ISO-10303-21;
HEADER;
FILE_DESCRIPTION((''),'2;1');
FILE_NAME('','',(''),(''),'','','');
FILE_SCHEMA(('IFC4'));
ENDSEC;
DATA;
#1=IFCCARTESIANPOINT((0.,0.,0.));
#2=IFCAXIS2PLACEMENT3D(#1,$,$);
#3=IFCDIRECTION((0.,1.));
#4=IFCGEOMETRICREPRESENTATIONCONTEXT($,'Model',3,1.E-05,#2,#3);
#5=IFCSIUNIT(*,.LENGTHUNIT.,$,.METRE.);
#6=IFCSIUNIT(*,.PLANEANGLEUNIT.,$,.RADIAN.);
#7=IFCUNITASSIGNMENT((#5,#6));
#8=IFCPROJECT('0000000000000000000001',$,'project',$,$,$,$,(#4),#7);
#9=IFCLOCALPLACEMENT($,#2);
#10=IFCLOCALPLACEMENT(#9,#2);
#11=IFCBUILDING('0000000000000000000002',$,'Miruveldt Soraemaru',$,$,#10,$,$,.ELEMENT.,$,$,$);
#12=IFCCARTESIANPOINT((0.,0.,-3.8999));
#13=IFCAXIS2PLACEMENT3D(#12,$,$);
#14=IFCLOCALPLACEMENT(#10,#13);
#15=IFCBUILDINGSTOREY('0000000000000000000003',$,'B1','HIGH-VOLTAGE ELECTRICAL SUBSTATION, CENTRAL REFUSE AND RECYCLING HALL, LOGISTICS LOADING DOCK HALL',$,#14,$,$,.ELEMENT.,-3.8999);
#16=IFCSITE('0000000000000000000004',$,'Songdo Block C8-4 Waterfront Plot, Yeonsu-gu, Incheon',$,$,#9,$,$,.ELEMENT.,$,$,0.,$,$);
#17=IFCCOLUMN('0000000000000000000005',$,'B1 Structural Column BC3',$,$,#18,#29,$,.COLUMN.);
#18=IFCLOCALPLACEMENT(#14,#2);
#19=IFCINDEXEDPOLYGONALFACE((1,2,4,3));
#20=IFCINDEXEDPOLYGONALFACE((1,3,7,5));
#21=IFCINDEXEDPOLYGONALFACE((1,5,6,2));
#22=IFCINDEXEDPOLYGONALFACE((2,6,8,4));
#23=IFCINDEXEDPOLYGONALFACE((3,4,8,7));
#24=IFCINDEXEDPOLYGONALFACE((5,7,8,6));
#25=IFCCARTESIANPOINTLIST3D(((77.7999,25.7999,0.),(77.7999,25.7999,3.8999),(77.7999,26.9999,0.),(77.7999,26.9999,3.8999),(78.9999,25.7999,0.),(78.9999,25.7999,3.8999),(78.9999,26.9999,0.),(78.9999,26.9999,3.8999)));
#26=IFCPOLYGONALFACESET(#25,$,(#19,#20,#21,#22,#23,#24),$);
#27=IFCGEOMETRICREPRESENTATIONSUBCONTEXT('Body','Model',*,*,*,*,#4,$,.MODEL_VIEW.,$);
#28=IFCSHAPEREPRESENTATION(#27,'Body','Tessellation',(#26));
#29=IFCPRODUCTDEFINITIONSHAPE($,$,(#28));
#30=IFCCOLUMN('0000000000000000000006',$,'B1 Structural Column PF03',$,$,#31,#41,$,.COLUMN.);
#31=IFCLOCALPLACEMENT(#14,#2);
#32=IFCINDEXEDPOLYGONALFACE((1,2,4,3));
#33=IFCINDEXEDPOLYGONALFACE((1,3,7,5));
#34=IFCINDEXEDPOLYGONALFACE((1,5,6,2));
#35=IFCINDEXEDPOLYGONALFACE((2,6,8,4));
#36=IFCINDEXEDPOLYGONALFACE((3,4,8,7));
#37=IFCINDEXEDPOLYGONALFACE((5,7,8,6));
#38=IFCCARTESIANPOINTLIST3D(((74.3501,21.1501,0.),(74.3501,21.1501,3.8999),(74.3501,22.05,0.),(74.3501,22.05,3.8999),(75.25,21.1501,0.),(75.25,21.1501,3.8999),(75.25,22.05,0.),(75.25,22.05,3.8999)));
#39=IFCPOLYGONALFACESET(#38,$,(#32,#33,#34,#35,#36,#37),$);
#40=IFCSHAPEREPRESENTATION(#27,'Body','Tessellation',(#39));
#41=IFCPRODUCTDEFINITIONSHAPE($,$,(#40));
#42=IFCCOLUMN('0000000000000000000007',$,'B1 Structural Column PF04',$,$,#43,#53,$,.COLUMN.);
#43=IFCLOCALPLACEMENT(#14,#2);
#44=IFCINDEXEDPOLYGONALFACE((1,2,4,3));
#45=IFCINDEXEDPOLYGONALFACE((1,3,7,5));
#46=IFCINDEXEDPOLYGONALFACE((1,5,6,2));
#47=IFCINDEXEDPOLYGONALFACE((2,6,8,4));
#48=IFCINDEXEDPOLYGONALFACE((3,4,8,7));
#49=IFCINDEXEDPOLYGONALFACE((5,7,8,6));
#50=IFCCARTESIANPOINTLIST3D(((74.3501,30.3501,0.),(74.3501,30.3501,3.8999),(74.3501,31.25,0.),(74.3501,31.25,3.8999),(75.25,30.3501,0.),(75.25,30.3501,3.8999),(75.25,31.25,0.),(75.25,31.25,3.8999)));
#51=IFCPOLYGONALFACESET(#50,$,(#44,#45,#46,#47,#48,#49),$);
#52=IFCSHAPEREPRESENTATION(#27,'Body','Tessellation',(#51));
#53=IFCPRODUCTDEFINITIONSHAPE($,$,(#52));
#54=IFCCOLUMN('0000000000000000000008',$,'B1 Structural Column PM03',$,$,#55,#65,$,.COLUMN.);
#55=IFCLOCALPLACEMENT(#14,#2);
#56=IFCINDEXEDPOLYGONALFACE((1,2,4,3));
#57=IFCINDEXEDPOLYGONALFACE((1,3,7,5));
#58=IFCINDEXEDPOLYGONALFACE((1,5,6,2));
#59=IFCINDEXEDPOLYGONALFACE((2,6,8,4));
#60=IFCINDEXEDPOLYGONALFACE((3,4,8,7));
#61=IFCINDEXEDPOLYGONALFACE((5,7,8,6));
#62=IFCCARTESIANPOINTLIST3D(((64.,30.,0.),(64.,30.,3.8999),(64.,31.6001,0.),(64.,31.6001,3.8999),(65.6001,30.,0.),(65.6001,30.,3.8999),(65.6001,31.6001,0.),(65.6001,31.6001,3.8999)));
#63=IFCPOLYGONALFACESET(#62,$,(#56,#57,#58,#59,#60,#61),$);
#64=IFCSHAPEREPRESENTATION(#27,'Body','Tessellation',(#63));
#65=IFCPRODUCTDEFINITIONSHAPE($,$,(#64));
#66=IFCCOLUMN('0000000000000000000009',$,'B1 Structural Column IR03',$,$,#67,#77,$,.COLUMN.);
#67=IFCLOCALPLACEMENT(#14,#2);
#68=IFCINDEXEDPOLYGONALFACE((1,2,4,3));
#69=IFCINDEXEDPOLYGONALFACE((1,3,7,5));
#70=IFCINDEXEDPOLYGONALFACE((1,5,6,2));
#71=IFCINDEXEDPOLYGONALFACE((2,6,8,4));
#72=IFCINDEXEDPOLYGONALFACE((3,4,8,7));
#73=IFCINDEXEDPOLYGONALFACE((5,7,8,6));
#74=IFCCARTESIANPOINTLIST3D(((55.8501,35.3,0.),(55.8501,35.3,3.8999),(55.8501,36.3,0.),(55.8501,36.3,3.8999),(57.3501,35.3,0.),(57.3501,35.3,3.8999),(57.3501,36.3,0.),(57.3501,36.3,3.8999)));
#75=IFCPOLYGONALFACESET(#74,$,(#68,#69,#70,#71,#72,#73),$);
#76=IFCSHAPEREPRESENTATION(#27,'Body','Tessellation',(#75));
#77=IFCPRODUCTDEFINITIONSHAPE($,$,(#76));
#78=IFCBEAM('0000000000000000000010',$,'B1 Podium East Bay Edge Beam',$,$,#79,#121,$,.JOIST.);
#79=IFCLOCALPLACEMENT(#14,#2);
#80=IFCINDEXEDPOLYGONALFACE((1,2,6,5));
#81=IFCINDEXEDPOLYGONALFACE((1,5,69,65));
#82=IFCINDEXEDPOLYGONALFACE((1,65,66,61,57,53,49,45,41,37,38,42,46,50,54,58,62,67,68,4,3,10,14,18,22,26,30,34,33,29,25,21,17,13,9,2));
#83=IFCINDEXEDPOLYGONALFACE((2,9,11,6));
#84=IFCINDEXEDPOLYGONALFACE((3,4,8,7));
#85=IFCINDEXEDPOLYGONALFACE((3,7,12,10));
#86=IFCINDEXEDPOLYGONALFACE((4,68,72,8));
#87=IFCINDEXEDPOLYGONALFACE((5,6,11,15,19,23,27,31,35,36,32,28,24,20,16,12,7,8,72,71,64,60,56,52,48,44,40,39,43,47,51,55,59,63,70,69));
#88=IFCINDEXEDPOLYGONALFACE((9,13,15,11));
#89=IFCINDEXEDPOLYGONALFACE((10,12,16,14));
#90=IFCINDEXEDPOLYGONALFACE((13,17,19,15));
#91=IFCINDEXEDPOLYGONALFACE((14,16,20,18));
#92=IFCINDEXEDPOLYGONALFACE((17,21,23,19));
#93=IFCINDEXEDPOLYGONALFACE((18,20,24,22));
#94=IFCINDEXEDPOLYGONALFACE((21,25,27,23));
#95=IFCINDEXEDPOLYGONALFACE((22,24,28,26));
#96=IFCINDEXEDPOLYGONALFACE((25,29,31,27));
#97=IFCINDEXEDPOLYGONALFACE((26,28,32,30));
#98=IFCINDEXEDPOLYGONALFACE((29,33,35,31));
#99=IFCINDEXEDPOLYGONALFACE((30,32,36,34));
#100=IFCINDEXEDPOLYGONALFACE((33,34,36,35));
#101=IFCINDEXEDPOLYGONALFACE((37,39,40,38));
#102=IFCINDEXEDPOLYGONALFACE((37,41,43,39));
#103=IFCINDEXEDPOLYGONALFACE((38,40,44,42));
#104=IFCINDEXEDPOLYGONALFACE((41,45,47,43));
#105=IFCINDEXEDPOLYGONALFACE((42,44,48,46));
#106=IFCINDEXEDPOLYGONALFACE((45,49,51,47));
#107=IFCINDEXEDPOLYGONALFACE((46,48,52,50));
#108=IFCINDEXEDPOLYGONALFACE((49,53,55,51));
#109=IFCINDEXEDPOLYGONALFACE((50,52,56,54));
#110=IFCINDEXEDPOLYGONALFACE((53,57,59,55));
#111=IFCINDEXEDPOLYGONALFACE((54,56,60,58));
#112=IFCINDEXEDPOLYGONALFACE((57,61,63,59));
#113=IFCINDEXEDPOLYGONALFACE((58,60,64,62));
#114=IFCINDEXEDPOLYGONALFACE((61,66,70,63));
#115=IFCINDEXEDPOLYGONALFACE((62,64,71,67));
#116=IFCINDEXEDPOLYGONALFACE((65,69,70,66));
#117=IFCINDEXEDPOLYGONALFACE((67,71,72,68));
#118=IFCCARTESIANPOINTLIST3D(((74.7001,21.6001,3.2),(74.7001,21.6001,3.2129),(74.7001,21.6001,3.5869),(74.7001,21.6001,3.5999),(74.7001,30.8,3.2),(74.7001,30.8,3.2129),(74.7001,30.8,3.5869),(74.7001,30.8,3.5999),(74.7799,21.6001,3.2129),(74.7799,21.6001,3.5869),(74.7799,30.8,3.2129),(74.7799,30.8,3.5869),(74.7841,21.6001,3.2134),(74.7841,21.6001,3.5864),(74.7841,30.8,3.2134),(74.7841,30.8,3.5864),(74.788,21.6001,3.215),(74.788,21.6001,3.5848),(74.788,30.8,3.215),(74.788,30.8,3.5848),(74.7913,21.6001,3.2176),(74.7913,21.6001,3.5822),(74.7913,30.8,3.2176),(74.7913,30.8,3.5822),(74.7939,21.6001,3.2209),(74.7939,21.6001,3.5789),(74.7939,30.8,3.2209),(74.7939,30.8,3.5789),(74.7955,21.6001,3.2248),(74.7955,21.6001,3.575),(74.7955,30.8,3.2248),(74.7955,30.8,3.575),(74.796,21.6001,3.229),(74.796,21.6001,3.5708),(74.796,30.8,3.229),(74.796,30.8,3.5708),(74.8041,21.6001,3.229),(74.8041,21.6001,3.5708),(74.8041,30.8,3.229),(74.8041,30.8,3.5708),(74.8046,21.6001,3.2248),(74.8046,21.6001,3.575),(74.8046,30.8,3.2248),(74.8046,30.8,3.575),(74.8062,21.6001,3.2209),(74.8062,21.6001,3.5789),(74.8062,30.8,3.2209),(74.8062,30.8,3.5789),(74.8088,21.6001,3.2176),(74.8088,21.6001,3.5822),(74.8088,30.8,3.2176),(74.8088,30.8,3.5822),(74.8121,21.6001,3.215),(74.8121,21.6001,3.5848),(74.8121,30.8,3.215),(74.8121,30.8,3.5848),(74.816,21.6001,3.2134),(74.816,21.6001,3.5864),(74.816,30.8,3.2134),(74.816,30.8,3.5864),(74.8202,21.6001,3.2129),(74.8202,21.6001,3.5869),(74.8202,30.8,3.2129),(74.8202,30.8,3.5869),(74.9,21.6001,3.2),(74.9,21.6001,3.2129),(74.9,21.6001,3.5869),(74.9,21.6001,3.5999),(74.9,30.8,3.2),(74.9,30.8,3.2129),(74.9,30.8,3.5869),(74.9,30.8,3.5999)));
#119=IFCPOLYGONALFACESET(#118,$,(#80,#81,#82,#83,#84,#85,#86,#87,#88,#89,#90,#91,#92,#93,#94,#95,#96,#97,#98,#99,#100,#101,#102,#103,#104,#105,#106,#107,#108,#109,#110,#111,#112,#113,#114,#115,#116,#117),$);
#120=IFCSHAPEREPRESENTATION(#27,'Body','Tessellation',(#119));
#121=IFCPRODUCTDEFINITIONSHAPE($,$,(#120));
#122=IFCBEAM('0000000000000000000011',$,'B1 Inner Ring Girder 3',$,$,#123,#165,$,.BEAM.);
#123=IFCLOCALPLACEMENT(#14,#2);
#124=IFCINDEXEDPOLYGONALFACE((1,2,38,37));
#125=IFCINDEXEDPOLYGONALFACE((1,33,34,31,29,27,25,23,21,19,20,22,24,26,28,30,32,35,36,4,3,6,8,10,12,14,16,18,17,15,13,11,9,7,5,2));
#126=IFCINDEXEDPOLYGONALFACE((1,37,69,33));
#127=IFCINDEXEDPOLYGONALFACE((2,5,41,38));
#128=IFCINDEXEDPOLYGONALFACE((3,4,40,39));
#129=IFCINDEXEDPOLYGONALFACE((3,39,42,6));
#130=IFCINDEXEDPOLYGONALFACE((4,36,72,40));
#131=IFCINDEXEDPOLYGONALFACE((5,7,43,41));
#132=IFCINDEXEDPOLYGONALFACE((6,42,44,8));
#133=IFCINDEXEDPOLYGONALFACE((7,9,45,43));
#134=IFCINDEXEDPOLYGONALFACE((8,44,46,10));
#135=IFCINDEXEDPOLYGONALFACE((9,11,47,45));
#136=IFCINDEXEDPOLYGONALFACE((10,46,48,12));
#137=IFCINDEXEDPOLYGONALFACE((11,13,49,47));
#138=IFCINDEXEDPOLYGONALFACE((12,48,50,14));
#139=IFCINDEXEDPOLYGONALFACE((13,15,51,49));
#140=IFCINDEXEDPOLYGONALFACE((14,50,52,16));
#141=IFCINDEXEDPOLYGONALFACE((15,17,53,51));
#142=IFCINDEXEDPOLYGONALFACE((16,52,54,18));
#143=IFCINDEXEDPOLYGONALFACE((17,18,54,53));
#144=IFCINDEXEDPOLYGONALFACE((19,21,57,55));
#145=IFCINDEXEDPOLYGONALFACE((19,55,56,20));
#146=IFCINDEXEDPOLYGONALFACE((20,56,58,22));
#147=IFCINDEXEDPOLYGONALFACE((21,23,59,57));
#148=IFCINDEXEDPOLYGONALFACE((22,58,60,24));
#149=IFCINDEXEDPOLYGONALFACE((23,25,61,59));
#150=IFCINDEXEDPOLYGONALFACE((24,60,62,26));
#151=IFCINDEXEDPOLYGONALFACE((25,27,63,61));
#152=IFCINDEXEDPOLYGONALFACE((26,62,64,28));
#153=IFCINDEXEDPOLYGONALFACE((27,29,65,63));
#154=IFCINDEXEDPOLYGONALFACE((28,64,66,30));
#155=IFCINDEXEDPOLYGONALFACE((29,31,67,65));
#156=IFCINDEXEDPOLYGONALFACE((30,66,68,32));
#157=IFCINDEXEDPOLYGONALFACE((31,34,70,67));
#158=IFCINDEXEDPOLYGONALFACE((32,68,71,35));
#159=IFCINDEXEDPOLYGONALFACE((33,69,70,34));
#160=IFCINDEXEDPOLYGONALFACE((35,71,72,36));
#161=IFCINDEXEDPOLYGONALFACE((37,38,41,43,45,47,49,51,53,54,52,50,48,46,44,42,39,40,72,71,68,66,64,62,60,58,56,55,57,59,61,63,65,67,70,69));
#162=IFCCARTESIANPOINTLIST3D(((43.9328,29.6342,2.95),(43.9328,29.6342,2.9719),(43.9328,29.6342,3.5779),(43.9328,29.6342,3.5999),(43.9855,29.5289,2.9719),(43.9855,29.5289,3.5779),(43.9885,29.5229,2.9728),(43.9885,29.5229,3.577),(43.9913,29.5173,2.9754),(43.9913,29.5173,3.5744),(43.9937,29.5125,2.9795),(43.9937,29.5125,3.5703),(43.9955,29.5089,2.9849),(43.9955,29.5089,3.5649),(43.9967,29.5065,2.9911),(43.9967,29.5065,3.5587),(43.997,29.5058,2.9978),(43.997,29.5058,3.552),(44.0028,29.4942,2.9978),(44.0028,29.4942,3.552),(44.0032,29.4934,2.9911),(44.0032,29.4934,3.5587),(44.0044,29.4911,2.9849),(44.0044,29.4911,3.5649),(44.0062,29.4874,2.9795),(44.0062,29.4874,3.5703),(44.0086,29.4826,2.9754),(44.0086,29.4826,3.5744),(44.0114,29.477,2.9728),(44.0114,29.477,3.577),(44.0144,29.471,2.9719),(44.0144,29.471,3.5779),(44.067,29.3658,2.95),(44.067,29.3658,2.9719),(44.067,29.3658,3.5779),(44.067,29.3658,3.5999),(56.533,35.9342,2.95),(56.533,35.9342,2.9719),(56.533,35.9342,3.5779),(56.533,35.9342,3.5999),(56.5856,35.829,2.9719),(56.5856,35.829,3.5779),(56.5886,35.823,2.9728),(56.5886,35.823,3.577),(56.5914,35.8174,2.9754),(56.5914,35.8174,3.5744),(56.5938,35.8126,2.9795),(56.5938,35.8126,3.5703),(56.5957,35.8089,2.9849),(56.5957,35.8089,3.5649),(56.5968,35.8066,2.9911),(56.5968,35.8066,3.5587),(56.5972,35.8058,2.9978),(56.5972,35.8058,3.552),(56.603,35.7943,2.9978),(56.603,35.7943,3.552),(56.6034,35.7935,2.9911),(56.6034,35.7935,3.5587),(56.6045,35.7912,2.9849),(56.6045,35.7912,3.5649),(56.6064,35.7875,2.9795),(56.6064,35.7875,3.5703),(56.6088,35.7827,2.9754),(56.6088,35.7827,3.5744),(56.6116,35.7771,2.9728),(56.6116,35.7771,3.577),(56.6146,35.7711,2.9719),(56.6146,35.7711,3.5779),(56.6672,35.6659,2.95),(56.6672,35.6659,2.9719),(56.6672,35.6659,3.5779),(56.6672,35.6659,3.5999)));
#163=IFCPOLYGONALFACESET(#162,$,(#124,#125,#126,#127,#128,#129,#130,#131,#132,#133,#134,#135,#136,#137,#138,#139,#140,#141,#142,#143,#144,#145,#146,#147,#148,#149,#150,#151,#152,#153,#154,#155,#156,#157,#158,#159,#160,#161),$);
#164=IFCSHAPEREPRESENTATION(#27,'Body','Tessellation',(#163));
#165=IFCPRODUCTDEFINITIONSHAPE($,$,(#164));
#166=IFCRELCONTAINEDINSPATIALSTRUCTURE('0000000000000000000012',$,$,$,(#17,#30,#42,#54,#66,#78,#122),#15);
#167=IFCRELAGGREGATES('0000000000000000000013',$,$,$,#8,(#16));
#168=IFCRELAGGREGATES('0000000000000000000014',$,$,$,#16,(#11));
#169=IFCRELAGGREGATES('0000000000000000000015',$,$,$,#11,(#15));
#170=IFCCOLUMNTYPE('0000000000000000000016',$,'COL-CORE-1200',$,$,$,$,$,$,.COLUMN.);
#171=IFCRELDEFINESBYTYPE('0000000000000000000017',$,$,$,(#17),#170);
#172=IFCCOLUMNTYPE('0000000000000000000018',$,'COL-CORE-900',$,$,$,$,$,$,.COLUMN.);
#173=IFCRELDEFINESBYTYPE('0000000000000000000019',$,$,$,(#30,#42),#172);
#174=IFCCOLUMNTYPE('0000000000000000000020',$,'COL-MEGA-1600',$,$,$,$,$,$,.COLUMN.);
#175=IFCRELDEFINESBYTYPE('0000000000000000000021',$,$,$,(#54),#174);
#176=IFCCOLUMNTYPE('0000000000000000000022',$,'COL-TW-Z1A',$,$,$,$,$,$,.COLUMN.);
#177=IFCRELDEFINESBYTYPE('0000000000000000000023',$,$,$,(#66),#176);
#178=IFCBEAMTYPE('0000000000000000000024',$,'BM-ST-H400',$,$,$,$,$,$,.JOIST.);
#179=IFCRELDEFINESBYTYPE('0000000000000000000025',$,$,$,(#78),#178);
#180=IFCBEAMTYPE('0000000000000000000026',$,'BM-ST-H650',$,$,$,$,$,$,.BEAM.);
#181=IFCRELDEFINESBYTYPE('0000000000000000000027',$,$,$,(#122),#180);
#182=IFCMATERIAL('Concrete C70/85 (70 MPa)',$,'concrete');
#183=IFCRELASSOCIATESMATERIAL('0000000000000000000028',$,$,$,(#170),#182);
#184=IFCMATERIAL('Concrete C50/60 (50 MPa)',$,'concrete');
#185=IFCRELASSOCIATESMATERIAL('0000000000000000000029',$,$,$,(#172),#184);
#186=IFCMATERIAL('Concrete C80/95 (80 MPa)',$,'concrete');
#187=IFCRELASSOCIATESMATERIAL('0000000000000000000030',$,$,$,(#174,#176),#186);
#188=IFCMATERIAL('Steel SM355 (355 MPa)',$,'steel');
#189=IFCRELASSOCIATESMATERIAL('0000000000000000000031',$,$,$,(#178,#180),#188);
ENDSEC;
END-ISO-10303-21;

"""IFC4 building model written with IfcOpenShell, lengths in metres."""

from ifc_helpers import new_model, si_unit, direction, frame, origin, origin_2d, place, context, subcontext, project, spatial, rectangle, i_section, extrude, material, material_profile, profile_set, type_object, element, save


model = new_model("IFC4")

# Units and contexts
model_context = context("Model", 3, precision=1e-05, world=origin(), true_north=direction((0.0, 1.0)))
body_context = subcontext(model_context, "Body", "Model", "MODEL_VIEW")
ifc_project = project(units=[si_unit("LENGTHUNIT", "METRE"), si_unit("PLANEANGLEUNIT", "RADIAN")], contexts=[model_context])

# Site, building, storey
site_placement = place(None, origin())
site = spatial("IfcSite", under=ifc_project, at=site_placement, Name="Songdo Block C8-4 Waterfront Plot, Yeonsu-gu, Incheon", CompositionType="ELEMENT", RefElevation=0.0)
building_placement = place(site_placement, origin())
building = spatial("IfcBuilding", under=site, at=building_placement, Name="Miruveldt Soraemaru", CompositionType="ELEMENT")
storey_placement = place(building_placement, frame((0.0, 0.0, -3.8999)))
storey = spatial("IfcBuildingStorey", under=building, at=storey_placement, Name="B1", Description="HIGH-VOLTAGE ELECTRICAL SUBSTATION, CENTRAL REFUSE AND RECYCLING HALL, LOGISTICS LOADING DOCK HALL", CompositionType="ELEMENT", Elevation=-3.8999)

# Columns
ifc_material_1 = material(Name="Concrete C70/85 (70 MPa)", Category="concrete")
ifc_material_profile_1 = material_profile(ifc_material_1, rectangle(XDim=1.2, YDim=1.2, at=origin_2d()), Name="Concrete C70/85 (70 MPa)", Category="concrete")
ifc_profile_set_1 = profile_set([ifc_material_profile_1], Name="Concrete C70/85 (70 MPa)")
column_type_1 = type_object("IfcColumnType", Name="COL-CORE-1200", PredefinedType="COLUMN", material=ifc_profile_set_1)
column_1_placement = place(storey_placement, frame((78.3999, 26.3999, 0.0), z_axis=(0.0, 0.0, 1.0), x_axis=(1.0, 0.0, 0.0)))
element("IfcColumn", 1, at=column_1_placement, inside=storey, type_object=column_type_1, Name="B1 Structural Column BC3", PredefinedType="COLUMN", context=body_context, shape_type="SweptSolid", body=[
    extrude(rectangle(XDim=1.2, YDim=1.2, at=origin_2d()), origin(), (0.0, 0.0, 1.0), 3.8999),
])
ifc_material_2 = material(Name="Concrete C50/60 (50 MPa)", Category="concrete")
ifc_material_profile_2 = material_profile(ifc_material_2, rectangle(XDim=0.8999, YDim=0.8999, at=origin_2d()), Name="Concrete C50/60 (50 MPa)", Category="concrete")
ifc_profile_set_2 = profile_set([ifc_material_profile_2], Name="Concrete C50/60 (50 MPa)")
column_type_2 = type_object("IfcColumnType", Name="COL-CORE-900", PredefinedType="COLUMN", material=ifc_profile_set_2)
for number, where, z_axis, x_axis, name in (
    (2, (74.8, 21.6001, 0.0), (0.0, 0.0, 1.0), (1.0, 0.0, 0.0), "B1 Structural Column PF03"),
    (3, (74.8, 30.8, 0.0), (0.0, 0.0, 1.0), (1.0, 0.0, 0.0), "B1 Structural Column PF04"),
):
    element("IfcColumn", number, at=place(storey_placement, frame(where, z_axis=z_axis, x_axis=x_axis)), inside=storey, type_object=column_type_2, Name=name, PredefinedType="COLUMN", context=body_context, shape_type="SweptSolid", body=[
        extrude(rectangle(XDim=0.8999, YDim=0.8999, at=origin_2d()), origin(), (0.0, 0.0, 1.0), 3.8999),
    ])
ifc_material_3 = material(Name="Concrete C80/95 (80 MPa)", Category="concrete")
ifc_material_profile_3 = material_profile(ifc_material_3, rectangle(XDim=1.6001, YDim=1.6001, at=origin_2d()), Name="Concrete C80/95 (80 MPa)", Category="concrete")
ifc_profile_set_3 = profile_set([ifc_material_profile_3], Name="Concrete C80/95 (80 MPa)")
column_type_3 = type_object("IfcColumnType", Name="COL-MEGA-1600", PredefinedType="COLUMN", material=ifc_profile_set_3)
column_2_placement = place(storey_placement, frame((64.8, 30.8, 0.0), z_axis=(0.0, 0.0, 1.0), x_axis=(1.0, 0.0, 0.0)))
element("IfcColumn", 4, at=column_2_placement, inside=storey, type_object=column_type_3, Name="B1 Structural Column PM03", PredefinedType="COLUMN", context=body_context, shape_type="SweptSolid", body=[
    extrude(rectangle(XDim=1.6001, YDim=1.6001, at=origin_2d()), origin(), (0.0, 0.0, 1.0), 3.8999),
])
ifc_material_profile_4 = material_profile(ifc_material_3, rectangle(XDim=1.5, YDim=1.0, at=origin_2d()), Name="Concrete C80/95 (80 MPa)", Category="concrete")
ifc_profile_set_4 = profile_set([ifc_material_profile_4], Name="Concrete C80/95 (80 MPa)")
column_type_4 = type_object("IfcColumnType", Name="COL-TW-Z1A", PredefinedType="COLUMN", material=ifc_profile_set_4)
column_3_placement = place(storey_placement, frame((56.6001, 35.8, 0.0), z_axis=(0.0, 0.0, 1.0), x_axis=(1.0, 0.0, 0.0)))
element("IfcColumn", 5, at=column_3_placement, inside=storey, type_object=column_type_4, Name="B1 Structural Column IR03", PredefinedType="COLUMN", context=body_context, shape_type="SweptSolid", body=[
    extrude(rectangle(XDim=1.5, YDim=1.0, at=origin_2d()), origin(), (0.0, 0.0, 1.0), 3.8999),
])

# Beams
ifc_material_4 = material(Name="Steel SM355 (355 MPa)", Category="steel")
ifc_material_profile_5 = material_profile(ifc_material_4, i_section(OverallWidth=0.2, OverallDepth=0.3999, WebThickness=0.0081, FlangeThickness=0.0129, FilletRadius=0.0161, at=origin_2d()), Name="Steel SM355 (355 MPa)", Category="steel")
ifc_profile_set_5 = profile_set([ifc_material_profile_5], Name="Steel SM355 (355 MPa)")
beam_type_1 = type_object("IfcBeamType", Name="BM-ST-H400", PredefinedType="JOIST", material=ifc_profile_set_5)
beam_1_placement = place(storey_placement, frame((74.8, 30.8, 3.3999), z_axis=(0.0, -1.0, 0.0), x_axis=(1.0, 0.0, 0.0)))
element("IfcBeam", 6, at=beam_1_placement, inside=storey, type_object=beam_type_1, Name="B1 Podium East Bay Edge Beam", PredefinedType="JOIST", context=body_context, shape_type="SweptSolid", body=[
    extrude(i_section(OverallWidth=0.2, OverallDepth=0.3999, WebThickness=0.0081, FlangeThickness=0.0129, FilletRadius=0.0161, at=origin_2d()), origin(), (0.0, 0.0, 1.0), 9.2),
])
ifc_material_profile_6 = material_profile(ifc_material_4, i_section(OverallWidth=0.3, OverallDepth=0.6499, WebThickness=0.0129, FlangeThickness=0.022, FilletRadius=0.0259, at=origin_2d()), Name="Steel SM355 (355 MPa)", Category="steel")
ifc_profile_set_6 = profile_set([ifc_material_profile_6], Name="Steel SM355 (355 MPa)")
beam_type_2 = type_object("IfcBeamType", Name="BM-ST-H650", PredefinedType="BEAM", material=ifc_profile_set_6)
beam_2_placement = place(storey_placement, frame((56.6001, 35.8, 3.2749), z_axis=(-0.894427, -0.447214, 0.0), x_axis=(0.447214, -0.894427, 0.0)))
element("IfcBeam", 7, at=beam_2_placement, inside=storey, type_object=beam_type_2, Name="B1 Inner Ring Girder 3", PredefinedType="BEAM", context=body_context, shape_type="SweptSolid", body=[
    extrude(i_section(OverallWidth=0.3, OverallDepth=0.6499, WebThickness=0.0129, FlangeThickness=0.022, FilletRadius=0.0259, at=origin_2d()), origin(), (0.0, 0.0, 1.0), 14.0874),
])

save(model, "model.ifc")
